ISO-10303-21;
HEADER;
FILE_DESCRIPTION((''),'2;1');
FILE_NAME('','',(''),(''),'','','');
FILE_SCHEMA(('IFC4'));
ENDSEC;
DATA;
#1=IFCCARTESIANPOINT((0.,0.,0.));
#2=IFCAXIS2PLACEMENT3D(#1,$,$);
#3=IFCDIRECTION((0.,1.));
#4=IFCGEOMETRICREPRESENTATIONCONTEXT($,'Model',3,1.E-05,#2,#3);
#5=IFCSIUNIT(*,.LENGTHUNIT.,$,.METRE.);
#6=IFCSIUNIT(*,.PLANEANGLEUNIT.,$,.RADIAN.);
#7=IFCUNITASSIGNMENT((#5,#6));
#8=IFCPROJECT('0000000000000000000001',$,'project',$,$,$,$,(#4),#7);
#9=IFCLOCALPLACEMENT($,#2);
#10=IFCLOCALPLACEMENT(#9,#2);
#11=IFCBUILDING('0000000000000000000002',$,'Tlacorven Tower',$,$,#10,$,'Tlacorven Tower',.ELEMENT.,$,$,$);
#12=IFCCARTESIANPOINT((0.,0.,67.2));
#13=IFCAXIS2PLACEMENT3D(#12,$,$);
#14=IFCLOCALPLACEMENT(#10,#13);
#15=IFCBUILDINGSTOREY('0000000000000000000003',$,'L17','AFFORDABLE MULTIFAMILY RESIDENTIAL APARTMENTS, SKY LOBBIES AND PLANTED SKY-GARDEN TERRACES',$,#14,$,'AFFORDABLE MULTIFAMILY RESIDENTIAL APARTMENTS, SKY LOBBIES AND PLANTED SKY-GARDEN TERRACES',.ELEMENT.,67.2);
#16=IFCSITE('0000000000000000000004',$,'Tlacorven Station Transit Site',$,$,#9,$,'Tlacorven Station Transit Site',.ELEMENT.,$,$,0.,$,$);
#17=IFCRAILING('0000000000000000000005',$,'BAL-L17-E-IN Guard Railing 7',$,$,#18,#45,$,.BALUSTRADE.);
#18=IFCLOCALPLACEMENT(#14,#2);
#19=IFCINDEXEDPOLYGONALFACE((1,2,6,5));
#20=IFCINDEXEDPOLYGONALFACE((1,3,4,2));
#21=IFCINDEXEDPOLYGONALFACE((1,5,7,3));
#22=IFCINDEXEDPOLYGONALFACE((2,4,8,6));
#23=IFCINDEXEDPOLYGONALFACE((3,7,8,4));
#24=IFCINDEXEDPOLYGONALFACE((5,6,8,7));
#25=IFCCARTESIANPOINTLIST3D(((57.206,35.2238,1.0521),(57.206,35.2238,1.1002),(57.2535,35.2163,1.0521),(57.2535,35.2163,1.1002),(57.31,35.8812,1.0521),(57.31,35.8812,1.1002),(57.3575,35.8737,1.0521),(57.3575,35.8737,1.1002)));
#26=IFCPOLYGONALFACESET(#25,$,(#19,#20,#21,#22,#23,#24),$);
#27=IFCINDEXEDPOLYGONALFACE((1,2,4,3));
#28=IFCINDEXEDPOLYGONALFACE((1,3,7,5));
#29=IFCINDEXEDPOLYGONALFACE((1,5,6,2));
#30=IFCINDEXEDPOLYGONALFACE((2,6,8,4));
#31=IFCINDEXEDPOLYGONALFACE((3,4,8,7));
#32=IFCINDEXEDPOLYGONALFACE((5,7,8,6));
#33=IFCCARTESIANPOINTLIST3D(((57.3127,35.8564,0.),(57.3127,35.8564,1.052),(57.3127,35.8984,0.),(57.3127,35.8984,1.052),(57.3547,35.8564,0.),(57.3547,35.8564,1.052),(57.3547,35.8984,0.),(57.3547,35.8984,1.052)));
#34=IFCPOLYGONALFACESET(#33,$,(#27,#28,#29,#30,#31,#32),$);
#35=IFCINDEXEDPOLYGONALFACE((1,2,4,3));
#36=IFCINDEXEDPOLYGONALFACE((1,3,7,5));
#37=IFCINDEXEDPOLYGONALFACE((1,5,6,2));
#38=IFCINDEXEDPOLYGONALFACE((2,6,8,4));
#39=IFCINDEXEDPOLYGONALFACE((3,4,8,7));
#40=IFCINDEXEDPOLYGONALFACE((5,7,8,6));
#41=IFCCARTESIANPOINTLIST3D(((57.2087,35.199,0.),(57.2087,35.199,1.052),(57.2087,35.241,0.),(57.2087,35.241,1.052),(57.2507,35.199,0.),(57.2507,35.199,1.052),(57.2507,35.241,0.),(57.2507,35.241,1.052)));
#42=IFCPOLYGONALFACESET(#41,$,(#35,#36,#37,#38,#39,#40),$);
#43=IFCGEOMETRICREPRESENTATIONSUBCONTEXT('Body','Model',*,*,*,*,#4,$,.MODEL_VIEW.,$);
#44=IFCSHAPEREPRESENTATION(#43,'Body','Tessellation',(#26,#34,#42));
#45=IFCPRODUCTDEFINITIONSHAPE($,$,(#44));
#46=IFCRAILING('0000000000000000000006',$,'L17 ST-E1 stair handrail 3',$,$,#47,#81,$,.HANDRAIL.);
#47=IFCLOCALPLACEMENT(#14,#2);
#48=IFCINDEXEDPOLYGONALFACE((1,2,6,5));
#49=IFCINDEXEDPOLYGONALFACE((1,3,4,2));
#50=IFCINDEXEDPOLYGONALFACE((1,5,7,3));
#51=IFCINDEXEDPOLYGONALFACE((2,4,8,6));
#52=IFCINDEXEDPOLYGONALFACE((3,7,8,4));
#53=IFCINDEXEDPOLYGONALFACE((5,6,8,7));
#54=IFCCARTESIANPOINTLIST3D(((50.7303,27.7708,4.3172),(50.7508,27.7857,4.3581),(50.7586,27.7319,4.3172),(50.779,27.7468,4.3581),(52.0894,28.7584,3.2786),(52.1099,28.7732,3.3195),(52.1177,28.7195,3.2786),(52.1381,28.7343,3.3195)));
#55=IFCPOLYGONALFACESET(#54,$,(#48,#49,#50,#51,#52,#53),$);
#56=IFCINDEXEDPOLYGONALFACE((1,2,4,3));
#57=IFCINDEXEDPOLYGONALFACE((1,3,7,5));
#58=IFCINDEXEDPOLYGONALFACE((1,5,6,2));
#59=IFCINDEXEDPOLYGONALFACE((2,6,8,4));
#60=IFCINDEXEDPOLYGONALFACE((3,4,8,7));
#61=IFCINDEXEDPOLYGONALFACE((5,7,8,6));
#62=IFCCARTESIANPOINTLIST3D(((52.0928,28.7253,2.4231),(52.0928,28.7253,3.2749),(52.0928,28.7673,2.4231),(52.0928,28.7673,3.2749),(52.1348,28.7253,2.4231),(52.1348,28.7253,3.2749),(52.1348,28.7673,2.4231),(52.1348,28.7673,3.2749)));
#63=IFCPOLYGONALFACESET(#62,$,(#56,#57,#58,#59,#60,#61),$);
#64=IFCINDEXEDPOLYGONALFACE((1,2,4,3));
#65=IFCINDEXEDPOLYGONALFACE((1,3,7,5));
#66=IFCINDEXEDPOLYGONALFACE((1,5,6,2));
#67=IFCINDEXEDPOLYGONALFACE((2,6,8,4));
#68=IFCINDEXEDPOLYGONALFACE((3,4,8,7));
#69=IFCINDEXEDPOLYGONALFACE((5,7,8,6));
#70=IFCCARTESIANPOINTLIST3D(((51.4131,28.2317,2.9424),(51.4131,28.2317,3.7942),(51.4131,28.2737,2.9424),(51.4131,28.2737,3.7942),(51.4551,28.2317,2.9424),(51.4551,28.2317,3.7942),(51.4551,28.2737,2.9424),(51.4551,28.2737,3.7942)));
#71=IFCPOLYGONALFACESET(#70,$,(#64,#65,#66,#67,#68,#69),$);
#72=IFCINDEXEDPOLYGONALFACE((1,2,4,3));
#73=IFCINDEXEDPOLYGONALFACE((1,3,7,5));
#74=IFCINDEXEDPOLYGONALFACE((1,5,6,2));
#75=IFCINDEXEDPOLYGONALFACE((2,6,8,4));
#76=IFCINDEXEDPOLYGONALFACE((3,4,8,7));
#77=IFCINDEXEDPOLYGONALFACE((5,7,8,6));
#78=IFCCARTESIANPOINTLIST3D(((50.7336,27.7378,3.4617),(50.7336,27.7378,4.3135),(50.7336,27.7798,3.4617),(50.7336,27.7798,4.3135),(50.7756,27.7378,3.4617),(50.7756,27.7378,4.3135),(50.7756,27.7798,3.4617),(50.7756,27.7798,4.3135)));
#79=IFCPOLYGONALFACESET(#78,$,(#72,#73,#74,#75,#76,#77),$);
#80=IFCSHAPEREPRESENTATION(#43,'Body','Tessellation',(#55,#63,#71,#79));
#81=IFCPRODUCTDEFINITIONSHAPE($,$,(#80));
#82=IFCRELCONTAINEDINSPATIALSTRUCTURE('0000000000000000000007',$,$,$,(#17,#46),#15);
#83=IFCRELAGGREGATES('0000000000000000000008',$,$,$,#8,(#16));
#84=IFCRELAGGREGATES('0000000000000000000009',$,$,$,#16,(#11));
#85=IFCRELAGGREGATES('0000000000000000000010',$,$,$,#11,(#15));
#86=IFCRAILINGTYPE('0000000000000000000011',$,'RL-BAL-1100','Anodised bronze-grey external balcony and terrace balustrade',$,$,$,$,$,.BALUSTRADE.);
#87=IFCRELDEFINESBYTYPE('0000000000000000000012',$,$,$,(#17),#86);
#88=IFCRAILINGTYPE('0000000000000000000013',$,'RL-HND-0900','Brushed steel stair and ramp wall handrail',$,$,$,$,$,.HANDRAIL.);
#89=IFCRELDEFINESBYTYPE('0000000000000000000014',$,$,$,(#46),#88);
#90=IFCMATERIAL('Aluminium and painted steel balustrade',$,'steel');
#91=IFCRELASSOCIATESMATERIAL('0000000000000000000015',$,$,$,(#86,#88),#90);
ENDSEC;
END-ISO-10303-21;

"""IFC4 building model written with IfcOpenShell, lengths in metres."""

from ifc_helpers import new_model, si_unit, direction, frame, origin, origin_2d, place, context, subcontext, project, spatial, rectangle, extrude, source, transform, mapped, material, type_object, element, save


model = new_model("IFC4")

# Units and contexts
model_context = context("Model", 3, precision=1e-05, world=origin(), true_north=direction((0.0, 1.0)))
body_context = subcontext(model_context, "Body", "Model", "MODEL_VIEW")
ifc_project = project(units=[si_unit("LENGTHUNIT", "METRE"), si_unit("PLANEANGLEUNIT", "RADIAN")], contexts=[model_context])

# Site, building, storey
site_placement = place(None, origin())
site = spatial("IfcSite", under=ifc_project, at=site_placement, Name="Tlacorven Station Transit Site", LongName="Tlacorven Station Transit Site", CompositionType="ELEMENT", RefElevation=0.0)
building_placement = place(site_placement, origin())
building = spatial("IfcBuilding", under=site, at=building_placement, Name="Tlacorven Tower", LongName="Tlacorven Tower", CompositionType="ELEMENT")
storey_placement = place(building_placement, frame((0.0, 0.0, 67.2)))
storey = spatial("IfcBuildingStorey", under=building, at=storey_placement, Name="L17", Description="AFFORDABLE MULTIFAMILY RESIDENTIAL APARTMENTS, SKY LOBBIES AND PLANTED SKY-GARDEN TERRACES", LongName="AFFORDABLE MULTIFAMILY RESIDENTIAL APARTMENTS, SKY LOBBIES AND PLANTED SKY-GARDEN TERRACES", CompositionType="ELEMENT", Elevation=67.2)

# Railings
ifc_material_1 = material(Name="Aluminium and painted steel balustrade", Category="steel")
railing_type_1 = type_object("IfcRailingType", Name="RL-BAL-1100", Description="Anodised bronze-grey external balcony and terrace balustrade", PredefinedType="BALUSTRADE", material=ifc_material_1)
shared_shape_1 = source(origin(), body_context, "Body", "SweptSolid", [
    extrude(rectangle(XDim=0.0481, YDim=0.0481, at=origin_2d()), frame((0.0, 0.0, 1.0762), z_axis=(-0.156245, -0.987718, 0.0), x_axis=(0.987718, -0.156245, 0.0)), (0.0, 0.0, 1.0), 0.6655),
    extrude(rectangle(XDim=0.042, YDim=0.042, at=origin_2d()), origin(), (0.0, 0.0, 1.0), 1.052),
    extrude(rectangle(XDim=0.042, YDim=0.042, at=origin_2d()), frame((-0.104, -0.6575, 0.0)), (0.0, 0.0, 1.0), 1.052),
])
railing_1_placement = place(storey_placement, frame((57.3337, 35.8774, 0.0)))
element("IfcRailing", 1, at=railing_1_placement, inside=storey, type_object=railing_type_1, Name="BAL-L17-E-IN Guard Railing 7", PredefinedType="BALUSTRADE", context=body_context, shape_type="MappedRepresentation", body=[
    mapped(shared_shape_1, transform((0.0, 0.0, 0.0), scale=1.0)),
])
railing_type_2 = type_object("IfcRailingType", Name="RL-HND-0900", Description="Brushed steel stair and ramp wall handrail", PredefinedType="HANDRAIL", material=ifc_material_1)
shared_shape_2 = source(origin(), body_context, "Body", "SweptSolid", [
    extrude(rectangle(XDim=0.0481, YDim=0.0481, at=origin_2d()), frame((0.0, 0.0, 0.876), z_axis=(-0.688123, -0.499993, 0.525827), x_axis=(0.587817, -0.808994, 0.0)), (0.0, 0.0, 1.0), 1.9751),
    extrude(rectangle(XDim=0.042, YDim=0.042, at=origin_2d()), origin(), (0.0, 0.0, 1.0), 0.8518),
    extrude(rectangle(XDim=0.042, YDim=0.042, at=origin_2d()), frame((-0.6797, -0.4937, 0.5193)), (0.0, 0.0, 1.0), 0.8518),
    extrude(rectangle(XDim=0.042, YDim=0.042, at=origin_2d()), frame((-1.3591, -0.9875, 1.0386)), (0.0, 0.0, 1.0), 0.8518),
])
railing_2_placement = place(storey_placement, frame((52.1138, 28.7463, 2.4231)))
element("IfcRailing", 2, at=railing_2_placement, inside=storey, type_object=railing_type_2, Name="L17 ST-E1 stair handrail 3", PredefinedType="HANDRAIL", context=body_context, shape_type="MappedRepresentation", body=[
    mapped(shared_shape_2, transform((0.0, 0.0, 0.0), scale=1.0)),
])

save(model, "model.ifc")
